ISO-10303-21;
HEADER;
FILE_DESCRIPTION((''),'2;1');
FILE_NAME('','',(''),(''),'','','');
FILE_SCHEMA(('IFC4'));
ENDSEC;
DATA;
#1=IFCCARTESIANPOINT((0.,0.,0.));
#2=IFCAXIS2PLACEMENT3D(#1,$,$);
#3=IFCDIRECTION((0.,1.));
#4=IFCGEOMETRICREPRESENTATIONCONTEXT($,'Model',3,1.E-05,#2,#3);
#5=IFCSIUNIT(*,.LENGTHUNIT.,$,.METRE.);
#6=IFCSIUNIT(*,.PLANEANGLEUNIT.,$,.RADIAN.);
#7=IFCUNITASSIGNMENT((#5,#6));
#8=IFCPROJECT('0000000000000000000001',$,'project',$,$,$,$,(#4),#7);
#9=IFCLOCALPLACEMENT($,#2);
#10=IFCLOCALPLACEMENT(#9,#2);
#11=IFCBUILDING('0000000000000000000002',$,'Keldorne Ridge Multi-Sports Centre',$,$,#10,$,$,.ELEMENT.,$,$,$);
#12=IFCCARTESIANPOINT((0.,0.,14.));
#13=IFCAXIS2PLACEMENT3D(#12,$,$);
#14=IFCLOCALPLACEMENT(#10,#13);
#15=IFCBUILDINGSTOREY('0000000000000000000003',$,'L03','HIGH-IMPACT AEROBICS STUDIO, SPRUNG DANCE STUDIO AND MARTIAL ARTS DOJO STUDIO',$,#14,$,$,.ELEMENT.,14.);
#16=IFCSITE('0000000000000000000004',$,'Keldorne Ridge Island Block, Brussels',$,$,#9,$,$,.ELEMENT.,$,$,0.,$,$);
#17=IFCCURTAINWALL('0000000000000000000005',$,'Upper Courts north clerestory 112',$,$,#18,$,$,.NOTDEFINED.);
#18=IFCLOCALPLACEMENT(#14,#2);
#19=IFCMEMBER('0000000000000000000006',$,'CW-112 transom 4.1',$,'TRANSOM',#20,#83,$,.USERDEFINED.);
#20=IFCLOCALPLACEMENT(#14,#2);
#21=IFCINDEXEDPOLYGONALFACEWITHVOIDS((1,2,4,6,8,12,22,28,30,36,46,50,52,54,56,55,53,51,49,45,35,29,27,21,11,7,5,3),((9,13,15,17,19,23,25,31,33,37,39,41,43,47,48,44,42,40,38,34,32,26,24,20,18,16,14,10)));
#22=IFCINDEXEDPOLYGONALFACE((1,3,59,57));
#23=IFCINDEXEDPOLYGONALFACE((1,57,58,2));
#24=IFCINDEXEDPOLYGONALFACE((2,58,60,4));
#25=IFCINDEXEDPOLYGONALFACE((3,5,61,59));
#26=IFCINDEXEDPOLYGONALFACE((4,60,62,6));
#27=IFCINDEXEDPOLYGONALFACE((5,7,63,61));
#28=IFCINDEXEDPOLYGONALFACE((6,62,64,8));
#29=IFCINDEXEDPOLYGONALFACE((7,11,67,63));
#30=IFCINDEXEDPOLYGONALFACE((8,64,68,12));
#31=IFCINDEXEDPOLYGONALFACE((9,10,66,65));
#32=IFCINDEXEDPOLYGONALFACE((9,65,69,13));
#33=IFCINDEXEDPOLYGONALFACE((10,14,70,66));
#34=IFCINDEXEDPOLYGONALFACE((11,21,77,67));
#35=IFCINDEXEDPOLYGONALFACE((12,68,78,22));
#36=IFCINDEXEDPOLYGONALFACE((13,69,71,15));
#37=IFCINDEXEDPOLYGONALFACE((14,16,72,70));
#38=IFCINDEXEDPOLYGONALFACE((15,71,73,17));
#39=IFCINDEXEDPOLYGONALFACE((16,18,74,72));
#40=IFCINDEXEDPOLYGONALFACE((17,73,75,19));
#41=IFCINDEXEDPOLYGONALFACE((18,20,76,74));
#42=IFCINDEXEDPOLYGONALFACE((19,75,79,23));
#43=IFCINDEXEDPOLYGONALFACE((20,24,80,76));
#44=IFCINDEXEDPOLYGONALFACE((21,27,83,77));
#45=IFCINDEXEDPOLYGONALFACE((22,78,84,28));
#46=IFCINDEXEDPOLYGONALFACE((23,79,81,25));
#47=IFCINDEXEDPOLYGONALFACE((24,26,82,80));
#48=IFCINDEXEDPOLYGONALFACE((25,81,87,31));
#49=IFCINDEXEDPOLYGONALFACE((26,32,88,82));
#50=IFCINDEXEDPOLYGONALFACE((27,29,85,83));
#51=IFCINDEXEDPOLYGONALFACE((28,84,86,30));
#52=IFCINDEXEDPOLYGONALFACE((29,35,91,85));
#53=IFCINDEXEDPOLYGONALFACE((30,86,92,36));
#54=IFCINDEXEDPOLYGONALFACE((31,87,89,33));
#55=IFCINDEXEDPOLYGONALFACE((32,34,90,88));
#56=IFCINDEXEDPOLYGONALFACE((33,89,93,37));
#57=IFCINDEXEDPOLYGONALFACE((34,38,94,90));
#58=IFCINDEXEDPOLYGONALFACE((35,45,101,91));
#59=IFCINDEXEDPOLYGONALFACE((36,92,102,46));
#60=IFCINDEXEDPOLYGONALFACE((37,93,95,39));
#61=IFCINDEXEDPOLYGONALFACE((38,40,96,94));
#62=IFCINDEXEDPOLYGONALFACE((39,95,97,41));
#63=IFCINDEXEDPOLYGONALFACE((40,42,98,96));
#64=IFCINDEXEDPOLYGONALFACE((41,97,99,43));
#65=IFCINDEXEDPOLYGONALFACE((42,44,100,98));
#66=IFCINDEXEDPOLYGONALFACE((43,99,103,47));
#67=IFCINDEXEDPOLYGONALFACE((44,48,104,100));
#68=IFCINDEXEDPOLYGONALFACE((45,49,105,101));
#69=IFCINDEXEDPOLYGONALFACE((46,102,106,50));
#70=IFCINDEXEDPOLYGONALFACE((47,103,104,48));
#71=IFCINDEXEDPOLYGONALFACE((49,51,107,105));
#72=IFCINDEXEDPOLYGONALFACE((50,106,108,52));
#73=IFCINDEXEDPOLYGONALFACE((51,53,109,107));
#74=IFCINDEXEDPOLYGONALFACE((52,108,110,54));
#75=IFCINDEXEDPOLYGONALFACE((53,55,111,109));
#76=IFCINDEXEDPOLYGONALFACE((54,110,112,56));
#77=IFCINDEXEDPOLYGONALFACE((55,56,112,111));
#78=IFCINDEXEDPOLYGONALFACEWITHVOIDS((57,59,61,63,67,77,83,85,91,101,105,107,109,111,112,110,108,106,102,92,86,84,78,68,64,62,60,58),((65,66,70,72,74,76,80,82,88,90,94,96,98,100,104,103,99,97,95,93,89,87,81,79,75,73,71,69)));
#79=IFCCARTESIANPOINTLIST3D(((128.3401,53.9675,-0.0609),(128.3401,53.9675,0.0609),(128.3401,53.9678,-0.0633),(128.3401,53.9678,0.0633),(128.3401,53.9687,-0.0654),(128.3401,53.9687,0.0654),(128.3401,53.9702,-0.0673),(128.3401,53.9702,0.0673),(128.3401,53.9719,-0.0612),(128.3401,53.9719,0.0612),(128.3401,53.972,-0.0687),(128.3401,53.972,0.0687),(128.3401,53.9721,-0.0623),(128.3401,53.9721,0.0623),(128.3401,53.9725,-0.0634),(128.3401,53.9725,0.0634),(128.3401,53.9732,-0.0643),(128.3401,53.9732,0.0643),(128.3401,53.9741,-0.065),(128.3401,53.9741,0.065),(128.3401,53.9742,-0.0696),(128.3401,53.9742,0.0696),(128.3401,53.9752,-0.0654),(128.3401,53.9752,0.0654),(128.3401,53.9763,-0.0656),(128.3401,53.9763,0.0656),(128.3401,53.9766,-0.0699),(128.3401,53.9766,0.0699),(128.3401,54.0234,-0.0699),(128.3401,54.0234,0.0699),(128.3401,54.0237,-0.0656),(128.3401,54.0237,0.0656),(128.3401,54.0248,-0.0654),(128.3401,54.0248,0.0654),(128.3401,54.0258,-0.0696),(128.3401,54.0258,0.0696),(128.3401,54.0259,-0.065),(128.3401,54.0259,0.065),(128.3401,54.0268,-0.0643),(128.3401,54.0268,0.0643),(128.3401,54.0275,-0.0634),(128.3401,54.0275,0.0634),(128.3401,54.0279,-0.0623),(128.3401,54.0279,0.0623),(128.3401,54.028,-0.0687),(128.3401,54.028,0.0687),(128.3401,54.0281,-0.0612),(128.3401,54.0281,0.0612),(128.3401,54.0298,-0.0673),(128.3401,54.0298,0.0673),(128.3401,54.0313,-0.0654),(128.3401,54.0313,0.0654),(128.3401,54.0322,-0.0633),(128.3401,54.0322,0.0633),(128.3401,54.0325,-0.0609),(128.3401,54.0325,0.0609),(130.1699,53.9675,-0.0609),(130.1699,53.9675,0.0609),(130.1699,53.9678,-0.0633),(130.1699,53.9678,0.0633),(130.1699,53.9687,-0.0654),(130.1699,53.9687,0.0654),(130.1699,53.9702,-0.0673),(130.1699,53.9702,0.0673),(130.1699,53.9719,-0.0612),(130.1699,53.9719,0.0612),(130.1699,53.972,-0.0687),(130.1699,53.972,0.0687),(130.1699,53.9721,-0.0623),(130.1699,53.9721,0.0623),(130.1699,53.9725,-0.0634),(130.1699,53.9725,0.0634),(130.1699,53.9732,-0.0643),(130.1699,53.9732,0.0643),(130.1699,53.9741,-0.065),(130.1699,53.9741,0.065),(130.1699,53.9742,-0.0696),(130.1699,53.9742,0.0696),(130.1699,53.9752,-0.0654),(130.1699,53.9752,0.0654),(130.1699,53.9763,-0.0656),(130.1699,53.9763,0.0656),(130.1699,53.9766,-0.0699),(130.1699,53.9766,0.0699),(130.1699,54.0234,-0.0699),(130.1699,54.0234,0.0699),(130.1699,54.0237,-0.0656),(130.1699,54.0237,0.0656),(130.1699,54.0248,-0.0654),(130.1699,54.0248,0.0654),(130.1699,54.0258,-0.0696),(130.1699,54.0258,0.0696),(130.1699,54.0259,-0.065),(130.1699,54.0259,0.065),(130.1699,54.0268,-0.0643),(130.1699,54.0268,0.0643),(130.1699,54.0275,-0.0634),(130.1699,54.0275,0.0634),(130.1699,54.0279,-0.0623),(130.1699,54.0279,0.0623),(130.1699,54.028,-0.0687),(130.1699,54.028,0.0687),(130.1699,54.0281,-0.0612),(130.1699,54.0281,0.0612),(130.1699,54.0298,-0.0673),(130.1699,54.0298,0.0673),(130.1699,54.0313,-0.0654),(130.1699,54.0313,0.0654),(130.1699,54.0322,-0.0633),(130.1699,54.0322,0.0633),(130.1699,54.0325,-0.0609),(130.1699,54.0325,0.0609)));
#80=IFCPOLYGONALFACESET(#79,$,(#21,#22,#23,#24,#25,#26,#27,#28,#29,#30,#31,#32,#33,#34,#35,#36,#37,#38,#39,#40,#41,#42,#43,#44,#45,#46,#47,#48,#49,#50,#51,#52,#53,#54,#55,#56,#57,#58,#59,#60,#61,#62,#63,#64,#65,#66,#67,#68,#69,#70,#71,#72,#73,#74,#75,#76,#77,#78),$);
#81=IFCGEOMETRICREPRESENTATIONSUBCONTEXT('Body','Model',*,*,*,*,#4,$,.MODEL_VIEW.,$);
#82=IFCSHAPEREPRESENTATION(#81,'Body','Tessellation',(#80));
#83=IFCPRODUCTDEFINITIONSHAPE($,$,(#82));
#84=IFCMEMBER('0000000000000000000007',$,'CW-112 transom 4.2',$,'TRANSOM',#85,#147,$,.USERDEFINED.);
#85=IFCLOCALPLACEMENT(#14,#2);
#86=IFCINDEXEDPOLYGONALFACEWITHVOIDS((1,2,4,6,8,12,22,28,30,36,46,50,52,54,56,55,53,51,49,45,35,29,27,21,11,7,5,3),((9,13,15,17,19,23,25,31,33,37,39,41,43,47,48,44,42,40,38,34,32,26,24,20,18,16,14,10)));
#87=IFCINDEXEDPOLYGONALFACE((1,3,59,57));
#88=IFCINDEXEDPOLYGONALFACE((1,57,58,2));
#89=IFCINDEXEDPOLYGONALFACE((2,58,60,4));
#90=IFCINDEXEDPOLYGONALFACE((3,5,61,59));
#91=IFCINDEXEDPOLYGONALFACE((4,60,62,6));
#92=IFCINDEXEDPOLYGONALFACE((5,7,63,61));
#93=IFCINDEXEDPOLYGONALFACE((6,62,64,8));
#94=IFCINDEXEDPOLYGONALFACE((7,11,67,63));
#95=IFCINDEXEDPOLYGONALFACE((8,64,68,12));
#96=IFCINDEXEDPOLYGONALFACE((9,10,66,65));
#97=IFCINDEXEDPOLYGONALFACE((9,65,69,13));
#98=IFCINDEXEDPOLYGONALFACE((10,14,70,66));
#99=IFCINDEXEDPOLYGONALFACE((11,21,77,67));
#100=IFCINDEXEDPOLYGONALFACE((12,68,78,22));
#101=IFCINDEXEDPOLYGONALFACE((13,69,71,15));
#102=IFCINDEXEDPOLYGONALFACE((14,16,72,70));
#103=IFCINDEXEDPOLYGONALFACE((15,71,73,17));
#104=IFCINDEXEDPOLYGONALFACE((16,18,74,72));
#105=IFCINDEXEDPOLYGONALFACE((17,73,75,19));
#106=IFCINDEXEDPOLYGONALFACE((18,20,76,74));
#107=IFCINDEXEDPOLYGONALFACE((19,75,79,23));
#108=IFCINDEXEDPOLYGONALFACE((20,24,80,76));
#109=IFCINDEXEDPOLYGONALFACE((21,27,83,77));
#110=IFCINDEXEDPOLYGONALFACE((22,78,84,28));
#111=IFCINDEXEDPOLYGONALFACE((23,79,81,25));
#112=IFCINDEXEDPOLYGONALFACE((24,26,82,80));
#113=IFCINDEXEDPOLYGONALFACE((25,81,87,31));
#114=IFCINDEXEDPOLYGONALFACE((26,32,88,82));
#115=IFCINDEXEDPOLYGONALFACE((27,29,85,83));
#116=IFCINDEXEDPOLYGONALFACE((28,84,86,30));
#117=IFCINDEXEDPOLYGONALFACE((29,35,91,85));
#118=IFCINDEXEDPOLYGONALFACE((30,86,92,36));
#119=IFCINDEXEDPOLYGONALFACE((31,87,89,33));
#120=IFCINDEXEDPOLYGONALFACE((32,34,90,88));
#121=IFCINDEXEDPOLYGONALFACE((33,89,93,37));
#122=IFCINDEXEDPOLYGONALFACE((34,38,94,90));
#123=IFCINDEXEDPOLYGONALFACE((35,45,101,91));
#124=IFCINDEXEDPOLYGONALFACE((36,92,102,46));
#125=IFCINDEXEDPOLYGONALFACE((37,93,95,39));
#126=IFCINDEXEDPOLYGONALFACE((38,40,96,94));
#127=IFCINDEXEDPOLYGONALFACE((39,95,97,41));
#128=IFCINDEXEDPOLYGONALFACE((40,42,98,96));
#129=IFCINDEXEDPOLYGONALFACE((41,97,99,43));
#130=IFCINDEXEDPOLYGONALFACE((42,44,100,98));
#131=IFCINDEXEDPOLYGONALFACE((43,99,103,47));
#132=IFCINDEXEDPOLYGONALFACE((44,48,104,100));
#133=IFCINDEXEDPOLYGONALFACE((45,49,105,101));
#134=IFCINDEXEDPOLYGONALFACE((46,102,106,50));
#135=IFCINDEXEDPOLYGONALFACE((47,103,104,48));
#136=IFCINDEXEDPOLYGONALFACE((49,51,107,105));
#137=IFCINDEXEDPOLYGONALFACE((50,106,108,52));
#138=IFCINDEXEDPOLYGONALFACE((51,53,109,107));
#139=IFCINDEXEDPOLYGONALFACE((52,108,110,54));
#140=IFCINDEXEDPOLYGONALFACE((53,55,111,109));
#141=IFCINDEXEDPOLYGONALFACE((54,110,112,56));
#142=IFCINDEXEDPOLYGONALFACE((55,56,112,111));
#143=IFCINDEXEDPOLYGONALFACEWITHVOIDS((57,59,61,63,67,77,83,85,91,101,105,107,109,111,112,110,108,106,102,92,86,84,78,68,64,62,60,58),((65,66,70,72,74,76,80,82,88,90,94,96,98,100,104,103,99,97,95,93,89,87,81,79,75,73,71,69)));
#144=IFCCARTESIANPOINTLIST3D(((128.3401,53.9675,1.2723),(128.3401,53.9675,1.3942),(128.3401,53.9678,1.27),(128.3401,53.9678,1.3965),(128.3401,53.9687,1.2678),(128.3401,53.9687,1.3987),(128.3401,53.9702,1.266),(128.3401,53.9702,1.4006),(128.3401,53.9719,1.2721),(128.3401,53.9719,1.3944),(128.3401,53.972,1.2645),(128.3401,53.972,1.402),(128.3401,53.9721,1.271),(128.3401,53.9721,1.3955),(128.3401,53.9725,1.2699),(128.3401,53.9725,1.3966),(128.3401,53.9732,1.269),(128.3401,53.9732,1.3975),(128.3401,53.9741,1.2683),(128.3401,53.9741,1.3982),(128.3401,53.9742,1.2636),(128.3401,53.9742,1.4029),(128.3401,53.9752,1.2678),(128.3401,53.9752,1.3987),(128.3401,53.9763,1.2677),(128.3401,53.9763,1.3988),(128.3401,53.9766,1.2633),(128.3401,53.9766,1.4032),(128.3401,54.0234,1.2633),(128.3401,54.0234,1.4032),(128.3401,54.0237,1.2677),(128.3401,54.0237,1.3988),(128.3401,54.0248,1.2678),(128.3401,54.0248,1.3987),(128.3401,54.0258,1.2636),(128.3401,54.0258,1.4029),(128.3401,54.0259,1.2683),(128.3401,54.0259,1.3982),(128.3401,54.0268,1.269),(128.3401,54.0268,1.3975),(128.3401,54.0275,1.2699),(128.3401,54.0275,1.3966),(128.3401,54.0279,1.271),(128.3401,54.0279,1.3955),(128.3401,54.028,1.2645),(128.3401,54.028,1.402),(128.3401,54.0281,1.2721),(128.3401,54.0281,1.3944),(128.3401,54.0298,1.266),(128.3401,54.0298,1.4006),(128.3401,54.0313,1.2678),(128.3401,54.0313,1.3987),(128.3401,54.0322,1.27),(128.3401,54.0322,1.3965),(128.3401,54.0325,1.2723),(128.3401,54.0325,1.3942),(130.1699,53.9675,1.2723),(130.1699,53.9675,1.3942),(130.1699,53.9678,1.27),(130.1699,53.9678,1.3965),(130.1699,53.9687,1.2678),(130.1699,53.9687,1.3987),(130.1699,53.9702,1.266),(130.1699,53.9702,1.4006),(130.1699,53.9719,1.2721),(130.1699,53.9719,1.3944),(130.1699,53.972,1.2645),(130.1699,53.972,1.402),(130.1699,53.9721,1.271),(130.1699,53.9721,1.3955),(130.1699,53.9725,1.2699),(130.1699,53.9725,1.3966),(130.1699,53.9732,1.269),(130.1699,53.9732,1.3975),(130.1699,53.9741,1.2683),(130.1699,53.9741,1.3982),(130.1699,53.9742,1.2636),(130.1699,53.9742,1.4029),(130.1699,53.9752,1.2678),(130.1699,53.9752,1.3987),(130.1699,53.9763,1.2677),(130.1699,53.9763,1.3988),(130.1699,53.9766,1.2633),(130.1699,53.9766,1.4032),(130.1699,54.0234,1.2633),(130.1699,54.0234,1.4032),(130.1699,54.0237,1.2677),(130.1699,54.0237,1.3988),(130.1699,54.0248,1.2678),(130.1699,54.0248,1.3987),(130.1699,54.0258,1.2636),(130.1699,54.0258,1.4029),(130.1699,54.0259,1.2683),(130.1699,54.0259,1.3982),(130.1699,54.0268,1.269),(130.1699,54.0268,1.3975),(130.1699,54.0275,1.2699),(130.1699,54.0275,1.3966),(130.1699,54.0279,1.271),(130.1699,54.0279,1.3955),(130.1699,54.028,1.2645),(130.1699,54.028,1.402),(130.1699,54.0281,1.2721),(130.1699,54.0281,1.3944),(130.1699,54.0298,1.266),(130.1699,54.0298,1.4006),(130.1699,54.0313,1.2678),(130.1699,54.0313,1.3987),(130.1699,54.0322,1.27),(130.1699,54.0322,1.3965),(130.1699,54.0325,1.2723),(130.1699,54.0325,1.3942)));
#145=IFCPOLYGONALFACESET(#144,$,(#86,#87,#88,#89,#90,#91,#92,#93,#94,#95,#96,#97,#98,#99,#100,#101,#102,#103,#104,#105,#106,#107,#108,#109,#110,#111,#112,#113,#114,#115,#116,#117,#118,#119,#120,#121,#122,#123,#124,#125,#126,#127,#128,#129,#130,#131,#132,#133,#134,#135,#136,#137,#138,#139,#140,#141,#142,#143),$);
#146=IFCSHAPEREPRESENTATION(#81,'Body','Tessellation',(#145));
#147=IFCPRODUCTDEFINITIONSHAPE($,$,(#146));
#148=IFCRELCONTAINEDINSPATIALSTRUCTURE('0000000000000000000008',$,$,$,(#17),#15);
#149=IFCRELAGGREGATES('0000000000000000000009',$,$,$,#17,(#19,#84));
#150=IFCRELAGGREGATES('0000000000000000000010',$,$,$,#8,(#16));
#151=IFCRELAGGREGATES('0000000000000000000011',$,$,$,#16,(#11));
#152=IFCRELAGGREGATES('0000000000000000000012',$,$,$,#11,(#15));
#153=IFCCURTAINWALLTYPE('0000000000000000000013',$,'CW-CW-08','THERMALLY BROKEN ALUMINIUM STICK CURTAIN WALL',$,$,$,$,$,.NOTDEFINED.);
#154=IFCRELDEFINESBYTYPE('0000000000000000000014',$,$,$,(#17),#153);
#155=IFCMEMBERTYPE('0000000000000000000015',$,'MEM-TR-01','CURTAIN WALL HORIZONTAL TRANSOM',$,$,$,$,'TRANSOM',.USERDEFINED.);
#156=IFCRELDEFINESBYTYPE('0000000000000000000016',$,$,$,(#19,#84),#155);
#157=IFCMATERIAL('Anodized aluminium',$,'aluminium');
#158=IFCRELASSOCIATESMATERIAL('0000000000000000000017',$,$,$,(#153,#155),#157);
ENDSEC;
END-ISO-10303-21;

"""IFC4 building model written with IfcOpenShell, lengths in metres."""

from ifc_helpers import new_model, si_unit, direction, frame, origin, origin_2d, place, context, subcontext, project, spatial, hollow_rectangle, extrude, material, material_profile, profile_set, type_object, element, aggregate, save


model = new_model("IFC4")

# Units and contexts
model_context = context("Model", 3, precision=1e-05, world=origin(), true_north=direction((0.0, 1.0)))
body_context = subcontext(model_context, "Body", "Model", "MODEL_VIEW")
ifc_project = project(units=[si_unit("LENGTHUNIT", "METRE"), si_unit("PLANEANGLEUNIT", "RADIAN")], contexts=[model_context])

# Site, building, storey
site_placement = place(None, origin())
site = spatial("IfcSite", under=ifc_project, at=site_placement, Name="Keldorne Ridge Island Block, Brussels", CompositionType="ELEMENT", RefElevation=0.0)
building_placement = place(site_placement, origin())
building = spatial("IfcBuilding", under=site, at=building_placement, Name="Keldorne Ridge Multi-Sports Centre", CompositionType="ELEMENT")
storey_placement = place(building_placement, frame((0.0, 0.0, 14.0)))
storey = spatial("IfcBuildingStorey", under=building, at=storey_placement, Name="L03", Description="HIGH-IMPACT AEROBICS STUDIO, SPRUNG DANCE STUDIO AND MARTIAL ARTS DOJO STUDIO", CompositionType="ELEMENT", Elevation=14.0)

# Curtain wall
ifc_material_1 = material(Name="Anodized aluminium", Category="aluminium")
curtain_wall_type_1 = type_object("IfcCurtainWallType", Name="CW-CW-08", Description="THERMALLY BROKEN ALUMINIUM STICK CURTAIN WALL", PredefinedType="NOTDEFINED", material=ifc_material_1)
curtain_wall_1_placement = place(storey_placement, origin())
curtain_wall_1 = element("IfcCurtainWall", 1, at=curtain_wall_1_placement, inside=storey, type_object=curtain_wall_type_1, Name="Upper Courts north clerestory 112", PredefinedType="NOTDEFINED")
ifc_material_profile_1 = material_profile(ifc_material_1, hollow_rectangle(XDim=0.0649, YDim=0.1399, WallThickness=0.0044, InnerFilletRadius=0.0044, OuterFilletRadius=0.009, at=origin_2d()), Name="ALU TRANSOM 140x65x4.5")
ifc_profile_set_1 = profile_set([ifc_material_profile_1], Name="Anodized aluminium")
member_type_1 = type_object("IfcMemberType", Name="MEM-TR-01", Description="CURTAIN WALL HORIZONTAL TRANSOM", ElementType="TRANSOM", PredefinedType="USERDEFINED", material=ifc_profile_set_1)

# Members
member_1_placement = place(storey_placement, frame((130.1699, 54.0, 0.0), z_axis=(-1.0, 0.0, 0.0), x_axis=(0.0, -1.0, 0.0)))
member_1 = element("IfcMember", 2, at=member_1_placement, type_object=member_type_1, Name="CW-112 transom 4.1", ObjectType="TRANSOM", PredefinedType="USERDEFINED", context=body_context, shape_type="SweptSolid", body=[
    extrude(hollow_rectangle(XDim=0.0649, YDim=0.1399, WallThickness=0.0044, InnerFilletRadius=0.0044, OuterFilletRadius=0.009, at=origin_2d()), origin(), (0.0, 0.0, 1.0), 1.8298),
])
member_2_placement = place(storey_placement, frame((130.1699, 54.0, 1.3333), z_axis=(-1.0, 0.0, 0.0), x_axis=(0.0, -1.0, 0.0)))
member_2 = element("IfcMember", 3, at=member_2_placement, type_object=member_type_1, Name="CW-112 transom 4.2", ObjectType="TRANSOM", PredefinedType="USERDEFINED", context=body_context, shape_type="SweptSolid", body=[
    extrude(hollow_rectangle(XDim=0.0649, YDim=0.1399, WallThickness=0.0044, InnerFilletRadius=0.0044, OuterFilletRadius=0.009, at=origin_2d()), origin(), (0.0, 0.0, 1.0), 1.8298),
])

aggregate(curtain_wall_1, [member_1, member_2])

save(model, "model.ifc")
